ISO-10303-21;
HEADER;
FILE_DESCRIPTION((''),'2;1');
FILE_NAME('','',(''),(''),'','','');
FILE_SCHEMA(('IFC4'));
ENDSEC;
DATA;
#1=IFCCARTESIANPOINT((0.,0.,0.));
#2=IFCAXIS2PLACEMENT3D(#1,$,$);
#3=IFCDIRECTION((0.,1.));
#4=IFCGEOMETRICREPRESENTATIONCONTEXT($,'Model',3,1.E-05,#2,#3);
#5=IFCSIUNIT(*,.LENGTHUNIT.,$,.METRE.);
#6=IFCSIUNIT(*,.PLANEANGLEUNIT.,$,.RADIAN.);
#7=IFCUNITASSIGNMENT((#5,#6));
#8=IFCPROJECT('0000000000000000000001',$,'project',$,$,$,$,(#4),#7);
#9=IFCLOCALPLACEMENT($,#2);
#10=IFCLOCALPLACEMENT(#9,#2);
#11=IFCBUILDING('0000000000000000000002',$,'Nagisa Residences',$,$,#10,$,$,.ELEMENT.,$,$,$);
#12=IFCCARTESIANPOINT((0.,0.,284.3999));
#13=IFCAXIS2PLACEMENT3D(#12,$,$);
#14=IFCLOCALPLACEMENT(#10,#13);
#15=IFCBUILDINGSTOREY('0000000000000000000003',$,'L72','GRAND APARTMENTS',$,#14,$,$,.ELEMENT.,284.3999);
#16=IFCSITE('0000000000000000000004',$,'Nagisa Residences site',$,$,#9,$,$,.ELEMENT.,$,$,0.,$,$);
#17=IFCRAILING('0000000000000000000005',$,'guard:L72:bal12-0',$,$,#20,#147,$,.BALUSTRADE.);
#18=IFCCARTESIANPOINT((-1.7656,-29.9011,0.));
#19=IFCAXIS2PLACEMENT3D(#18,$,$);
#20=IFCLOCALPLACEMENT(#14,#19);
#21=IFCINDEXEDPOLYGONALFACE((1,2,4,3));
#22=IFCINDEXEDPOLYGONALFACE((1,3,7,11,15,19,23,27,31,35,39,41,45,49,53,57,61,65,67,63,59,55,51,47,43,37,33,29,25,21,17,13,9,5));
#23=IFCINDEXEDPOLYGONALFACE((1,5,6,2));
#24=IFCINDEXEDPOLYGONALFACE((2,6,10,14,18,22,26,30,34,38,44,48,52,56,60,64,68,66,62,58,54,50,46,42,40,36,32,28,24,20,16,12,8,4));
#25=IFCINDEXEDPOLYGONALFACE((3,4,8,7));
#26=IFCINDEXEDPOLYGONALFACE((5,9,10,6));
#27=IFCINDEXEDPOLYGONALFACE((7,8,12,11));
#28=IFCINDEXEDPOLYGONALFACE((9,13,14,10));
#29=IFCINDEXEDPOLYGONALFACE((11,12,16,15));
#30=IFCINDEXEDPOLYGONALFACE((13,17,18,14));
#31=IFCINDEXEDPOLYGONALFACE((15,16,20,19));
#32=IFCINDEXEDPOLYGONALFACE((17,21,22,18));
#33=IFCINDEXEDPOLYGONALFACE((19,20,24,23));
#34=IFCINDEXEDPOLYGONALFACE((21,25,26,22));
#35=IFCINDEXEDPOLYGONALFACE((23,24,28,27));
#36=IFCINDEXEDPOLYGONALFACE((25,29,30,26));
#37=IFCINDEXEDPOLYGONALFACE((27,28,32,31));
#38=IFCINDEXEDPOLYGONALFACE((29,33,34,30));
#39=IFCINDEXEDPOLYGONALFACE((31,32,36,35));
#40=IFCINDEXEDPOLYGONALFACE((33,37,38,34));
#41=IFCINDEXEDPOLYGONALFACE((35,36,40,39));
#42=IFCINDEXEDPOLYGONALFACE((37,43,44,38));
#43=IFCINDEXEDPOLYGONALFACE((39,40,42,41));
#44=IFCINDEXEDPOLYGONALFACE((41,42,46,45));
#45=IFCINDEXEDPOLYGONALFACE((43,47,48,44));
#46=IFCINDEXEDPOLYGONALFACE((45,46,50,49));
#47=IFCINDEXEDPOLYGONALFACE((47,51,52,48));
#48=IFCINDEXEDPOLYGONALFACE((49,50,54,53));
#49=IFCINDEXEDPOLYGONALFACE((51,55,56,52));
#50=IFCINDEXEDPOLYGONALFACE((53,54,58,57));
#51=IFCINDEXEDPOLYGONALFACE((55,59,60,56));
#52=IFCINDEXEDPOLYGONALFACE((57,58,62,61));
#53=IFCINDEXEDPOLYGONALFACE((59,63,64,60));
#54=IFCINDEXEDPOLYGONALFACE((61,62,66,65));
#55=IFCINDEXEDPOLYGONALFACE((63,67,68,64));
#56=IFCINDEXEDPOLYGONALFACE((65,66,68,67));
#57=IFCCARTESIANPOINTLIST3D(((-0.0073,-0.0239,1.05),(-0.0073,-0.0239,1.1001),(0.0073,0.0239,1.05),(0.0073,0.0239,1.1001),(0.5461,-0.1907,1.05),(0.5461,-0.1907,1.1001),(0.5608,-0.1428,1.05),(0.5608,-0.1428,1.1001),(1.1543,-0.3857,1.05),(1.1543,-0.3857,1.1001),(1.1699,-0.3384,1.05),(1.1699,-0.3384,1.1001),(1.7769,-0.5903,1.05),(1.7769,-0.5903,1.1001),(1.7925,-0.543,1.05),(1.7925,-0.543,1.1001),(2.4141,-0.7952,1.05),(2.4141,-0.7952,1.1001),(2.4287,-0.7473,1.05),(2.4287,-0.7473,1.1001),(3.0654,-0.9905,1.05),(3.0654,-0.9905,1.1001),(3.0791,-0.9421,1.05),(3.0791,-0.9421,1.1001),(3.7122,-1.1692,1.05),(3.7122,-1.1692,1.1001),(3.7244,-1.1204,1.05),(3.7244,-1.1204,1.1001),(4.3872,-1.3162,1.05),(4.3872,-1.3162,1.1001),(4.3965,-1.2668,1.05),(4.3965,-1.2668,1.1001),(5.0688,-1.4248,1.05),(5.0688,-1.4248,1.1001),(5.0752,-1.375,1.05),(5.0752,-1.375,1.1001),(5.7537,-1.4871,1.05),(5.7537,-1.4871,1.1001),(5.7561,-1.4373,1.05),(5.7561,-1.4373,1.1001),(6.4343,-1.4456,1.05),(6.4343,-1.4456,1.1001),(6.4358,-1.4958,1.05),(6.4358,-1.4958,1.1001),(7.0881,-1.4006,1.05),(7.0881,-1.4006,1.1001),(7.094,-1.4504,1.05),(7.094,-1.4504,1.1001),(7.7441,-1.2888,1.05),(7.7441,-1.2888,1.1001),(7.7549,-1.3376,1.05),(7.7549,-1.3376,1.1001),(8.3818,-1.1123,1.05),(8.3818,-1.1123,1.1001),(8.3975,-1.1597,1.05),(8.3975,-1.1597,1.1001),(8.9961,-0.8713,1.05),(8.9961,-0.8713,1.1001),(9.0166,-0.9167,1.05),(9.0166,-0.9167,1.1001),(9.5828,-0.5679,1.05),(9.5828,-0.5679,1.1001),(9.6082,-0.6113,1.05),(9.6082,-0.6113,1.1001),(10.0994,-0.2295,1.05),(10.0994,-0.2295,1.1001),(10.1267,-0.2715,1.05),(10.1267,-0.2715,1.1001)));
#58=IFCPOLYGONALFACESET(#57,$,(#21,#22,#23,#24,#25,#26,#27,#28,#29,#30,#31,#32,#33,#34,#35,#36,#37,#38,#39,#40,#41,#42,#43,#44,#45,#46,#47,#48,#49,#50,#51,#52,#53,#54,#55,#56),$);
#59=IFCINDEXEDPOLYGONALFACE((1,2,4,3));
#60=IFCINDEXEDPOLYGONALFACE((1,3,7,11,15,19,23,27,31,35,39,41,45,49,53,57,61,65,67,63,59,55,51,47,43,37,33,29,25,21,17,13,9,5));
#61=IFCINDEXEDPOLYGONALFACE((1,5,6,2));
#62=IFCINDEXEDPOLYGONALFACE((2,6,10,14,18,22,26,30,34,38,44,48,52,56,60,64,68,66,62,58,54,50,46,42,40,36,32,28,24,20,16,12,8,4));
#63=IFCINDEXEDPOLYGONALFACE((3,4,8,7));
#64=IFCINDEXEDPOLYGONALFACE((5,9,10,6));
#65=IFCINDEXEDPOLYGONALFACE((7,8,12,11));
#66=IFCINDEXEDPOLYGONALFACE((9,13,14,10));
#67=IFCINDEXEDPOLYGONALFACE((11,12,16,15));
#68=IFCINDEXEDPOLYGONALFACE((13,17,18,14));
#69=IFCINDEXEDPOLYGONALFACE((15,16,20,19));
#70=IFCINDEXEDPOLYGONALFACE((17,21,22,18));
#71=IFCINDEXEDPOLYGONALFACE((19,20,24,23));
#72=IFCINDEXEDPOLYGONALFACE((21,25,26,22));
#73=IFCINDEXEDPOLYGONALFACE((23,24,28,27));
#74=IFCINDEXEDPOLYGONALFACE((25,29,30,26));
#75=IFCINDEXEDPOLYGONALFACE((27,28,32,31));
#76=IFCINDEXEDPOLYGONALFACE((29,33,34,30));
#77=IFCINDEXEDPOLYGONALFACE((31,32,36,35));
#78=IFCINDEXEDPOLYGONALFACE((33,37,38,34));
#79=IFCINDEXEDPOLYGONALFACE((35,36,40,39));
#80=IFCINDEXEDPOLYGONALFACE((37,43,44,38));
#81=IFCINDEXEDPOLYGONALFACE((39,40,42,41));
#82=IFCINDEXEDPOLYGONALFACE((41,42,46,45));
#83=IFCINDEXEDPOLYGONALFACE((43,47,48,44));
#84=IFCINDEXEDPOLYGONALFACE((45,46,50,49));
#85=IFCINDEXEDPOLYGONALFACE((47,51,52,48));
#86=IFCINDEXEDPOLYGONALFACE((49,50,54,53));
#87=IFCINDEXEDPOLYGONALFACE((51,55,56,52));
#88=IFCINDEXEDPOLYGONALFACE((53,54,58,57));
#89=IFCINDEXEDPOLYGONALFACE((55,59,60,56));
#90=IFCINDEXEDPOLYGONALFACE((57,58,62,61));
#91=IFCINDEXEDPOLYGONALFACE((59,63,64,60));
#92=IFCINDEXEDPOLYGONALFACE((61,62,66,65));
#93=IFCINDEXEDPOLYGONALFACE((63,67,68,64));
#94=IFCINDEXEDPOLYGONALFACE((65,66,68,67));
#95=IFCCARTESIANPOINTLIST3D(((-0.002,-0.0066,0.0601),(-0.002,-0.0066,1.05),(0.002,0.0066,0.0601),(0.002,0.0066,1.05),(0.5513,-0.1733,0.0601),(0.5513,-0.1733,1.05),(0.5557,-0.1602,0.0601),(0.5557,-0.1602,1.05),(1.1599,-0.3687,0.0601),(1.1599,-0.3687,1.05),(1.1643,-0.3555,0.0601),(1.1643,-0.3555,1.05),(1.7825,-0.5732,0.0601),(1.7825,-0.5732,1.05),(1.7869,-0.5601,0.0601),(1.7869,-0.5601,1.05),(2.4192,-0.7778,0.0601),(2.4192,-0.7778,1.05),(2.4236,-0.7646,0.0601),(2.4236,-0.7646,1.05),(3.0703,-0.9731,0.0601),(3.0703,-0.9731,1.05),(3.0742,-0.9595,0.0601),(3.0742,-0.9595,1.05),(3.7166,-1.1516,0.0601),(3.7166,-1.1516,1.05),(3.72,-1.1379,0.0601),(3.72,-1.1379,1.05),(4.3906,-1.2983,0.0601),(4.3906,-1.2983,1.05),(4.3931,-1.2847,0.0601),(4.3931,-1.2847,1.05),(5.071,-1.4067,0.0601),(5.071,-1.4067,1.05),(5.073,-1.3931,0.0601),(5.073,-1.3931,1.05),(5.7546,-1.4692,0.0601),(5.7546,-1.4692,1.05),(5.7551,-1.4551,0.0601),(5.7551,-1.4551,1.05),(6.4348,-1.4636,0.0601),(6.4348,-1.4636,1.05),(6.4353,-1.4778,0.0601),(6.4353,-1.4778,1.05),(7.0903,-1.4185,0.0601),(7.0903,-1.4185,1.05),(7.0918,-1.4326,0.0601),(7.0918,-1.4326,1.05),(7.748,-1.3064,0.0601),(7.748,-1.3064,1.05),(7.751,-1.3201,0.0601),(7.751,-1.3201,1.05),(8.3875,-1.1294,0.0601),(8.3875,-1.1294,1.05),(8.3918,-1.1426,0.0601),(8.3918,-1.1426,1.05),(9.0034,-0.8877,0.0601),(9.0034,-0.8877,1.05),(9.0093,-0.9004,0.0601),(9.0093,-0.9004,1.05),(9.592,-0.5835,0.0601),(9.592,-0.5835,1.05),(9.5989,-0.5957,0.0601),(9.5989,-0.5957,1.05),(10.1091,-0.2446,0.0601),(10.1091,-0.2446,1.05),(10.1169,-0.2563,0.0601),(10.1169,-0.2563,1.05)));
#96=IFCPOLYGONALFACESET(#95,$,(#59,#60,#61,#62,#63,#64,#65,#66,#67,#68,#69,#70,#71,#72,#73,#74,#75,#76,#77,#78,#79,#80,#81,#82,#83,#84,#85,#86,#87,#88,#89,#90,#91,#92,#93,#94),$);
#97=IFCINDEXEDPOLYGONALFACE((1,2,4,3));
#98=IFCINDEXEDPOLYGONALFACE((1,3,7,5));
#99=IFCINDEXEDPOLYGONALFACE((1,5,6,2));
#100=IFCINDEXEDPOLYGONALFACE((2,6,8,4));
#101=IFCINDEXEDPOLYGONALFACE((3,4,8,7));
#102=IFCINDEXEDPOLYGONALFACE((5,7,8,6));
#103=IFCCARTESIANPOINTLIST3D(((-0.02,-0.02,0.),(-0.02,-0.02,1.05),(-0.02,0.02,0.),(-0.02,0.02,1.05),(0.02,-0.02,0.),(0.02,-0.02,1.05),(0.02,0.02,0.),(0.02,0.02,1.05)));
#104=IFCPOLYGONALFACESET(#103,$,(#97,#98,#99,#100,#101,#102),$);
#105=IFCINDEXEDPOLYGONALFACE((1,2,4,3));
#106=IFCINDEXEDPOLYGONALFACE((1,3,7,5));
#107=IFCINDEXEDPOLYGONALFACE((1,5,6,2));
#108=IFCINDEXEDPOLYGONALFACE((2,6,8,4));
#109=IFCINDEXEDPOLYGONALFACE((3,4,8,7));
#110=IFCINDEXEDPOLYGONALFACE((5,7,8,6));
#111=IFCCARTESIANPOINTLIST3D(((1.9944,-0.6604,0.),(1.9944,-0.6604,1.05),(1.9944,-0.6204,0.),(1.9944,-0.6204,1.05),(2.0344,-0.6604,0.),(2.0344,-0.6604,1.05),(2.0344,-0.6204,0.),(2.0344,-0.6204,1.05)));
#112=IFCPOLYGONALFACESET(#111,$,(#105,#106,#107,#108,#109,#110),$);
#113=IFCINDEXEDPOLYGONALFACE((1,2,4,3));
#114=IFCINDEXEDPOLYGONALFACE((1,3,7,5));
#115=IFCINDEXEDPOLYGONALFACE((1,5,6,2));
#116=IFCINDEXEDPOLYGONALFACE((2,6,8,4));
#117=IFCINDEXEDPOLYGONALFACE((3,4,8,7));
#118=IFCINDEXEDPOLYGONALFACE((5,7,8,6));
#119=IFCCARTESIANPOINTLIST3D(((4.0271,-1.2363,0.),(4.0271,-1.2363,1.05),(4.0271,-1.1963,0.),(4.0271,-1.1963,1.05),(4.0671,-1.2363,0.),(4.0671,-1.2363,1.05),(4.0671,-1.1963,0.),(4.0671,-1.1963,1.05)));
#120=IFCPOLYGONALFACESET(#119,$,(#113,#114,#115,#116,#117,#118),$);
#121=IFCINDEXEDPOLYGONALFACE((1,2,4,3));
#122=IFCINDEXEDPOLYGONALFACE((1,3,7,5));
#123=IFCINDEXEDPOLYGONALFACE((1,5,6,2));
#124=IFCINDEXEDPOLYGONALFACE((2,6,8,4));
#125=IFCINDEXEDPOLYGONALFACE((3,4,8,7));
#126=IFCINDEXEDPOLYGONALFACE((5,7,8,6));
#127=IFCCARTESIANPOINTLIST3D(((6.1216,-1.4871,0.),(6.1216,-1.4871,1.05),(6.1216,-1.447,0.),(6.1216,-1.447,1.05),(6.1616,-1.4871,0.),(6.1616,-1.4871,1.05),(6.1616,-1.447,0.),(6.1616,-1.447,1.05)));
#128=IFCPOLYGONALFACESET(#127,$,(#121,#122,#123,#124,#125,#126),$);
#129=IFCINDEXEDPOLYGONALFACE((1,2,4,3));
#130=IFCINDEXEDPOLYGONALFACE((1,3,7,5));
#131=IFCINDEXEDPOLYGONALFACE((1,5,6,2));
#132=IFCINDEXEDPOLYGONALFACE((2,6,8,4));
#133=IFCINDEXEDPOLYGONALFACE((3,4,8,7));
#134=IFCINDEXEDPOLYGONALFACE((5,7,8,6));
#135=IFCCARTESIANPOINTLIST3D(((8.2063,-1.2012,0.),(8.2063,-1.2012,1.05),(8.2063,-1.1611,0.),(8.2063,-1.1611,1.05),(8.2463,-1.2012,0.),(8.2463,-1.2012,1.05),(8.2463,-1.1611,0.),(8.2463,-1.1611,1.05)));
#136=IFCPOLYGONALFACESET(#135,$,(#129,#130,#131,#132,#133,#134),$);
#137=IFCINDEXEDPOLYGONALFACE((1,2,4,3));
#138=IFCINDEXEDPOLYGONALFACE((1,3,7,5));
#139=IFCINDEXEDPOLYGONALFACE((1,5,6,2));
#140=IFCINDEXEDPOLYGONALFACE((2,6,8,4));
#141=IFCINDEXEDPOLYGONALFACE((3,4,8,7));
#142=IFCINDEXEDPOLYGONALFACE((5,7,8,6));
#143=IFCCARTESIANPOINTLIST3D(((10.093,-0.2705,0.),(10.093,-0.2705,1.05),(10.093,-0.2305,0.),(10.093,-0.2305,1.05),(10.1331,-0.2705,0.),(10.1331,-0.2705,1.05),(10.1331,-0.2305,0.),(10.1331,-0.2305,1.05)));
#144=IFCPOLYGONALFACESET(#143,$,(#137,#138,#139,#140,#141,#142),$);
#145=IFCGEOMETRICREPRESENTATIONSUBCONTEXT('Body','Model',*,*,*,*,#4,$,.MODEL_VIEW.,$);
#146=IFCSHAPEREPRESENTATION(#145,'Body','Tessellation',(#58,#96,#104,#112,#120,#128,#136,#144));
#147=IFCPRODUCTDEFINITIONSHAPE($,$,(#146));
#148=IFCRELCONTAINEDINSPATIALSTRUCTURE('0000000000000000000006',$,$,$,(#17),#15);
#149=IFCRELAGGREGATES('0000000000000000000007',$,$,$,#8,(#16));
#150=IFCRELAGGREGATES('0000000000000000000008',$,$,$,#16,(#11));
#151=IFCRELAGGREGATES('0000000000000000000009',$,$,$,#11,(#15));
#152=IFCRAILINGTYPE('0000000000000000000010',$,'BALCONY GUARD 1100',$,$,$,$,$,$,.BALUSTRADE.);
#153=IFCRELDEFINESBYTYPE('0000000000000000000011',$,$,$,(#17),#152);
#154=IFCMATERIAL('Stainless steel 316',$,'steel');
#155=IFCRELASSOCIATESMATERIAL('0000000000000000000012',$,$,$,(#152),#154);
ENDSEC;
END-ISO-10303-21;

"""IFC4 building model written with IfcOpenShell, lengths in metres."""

from ifc_helpers import new_model, si_unit, direction, frame, origin, origin_2d, place, context, subcontext, project, spatial, polyline, rectangle, outline, extrude, material, type_object, element, save


model = new_model("IFC4")

# Units and contexts
model_context = context("Model", 3, precision=1e-05, world=origin(), true_north=direction((0.0, 1.0)))
body_context = subcontext(model_context, "Body", "Model", "MODEL_VIEW")
ifc_project = project(units=[si_unit("LENGTHUNIT", "METRE"), si_unit("PLANEANGLEUNIT", "RADIAN")], contexts=[model_context])

# Site, building, storey
site_placement = place(None, origin())
site = spatial("IfcSite", under=ifc_project, at=site_placement, Name="Nagisa Residences site", CompositionType="ELEMENT", RefElevation=0.0)
building_placement = place(site_placement, origin())
building = spatial("IfcBuilding", under=site, at=building_placement, Name="Nagisa Residences", CompositionType="ELEMENT")
storey_placement = place(building_placement, frame((0.0, 0.0, 284.3999)))
storey = spatial("IfcBuildingStorey", under=building, at=storey_placement, Name="L72", Description="GRAND APARTMENTS", CompositionType="ELEMENT", Elevation=284.3999)

# Railing
ifc_material_1 = material(Name="Stainless steel 316", Category="steel")
railing_type = type_object("IfcRailingType", Name="BALCONY GUARD 1100", PredefinedType="BALUSTRADE", material=ifc_material_1)
railing_1_placement = place(storey_placement, frame((-1.7656, -29.9011, 0.0)))
element("IfcRailing", 1, at=railing_1_placement, inside=storey, type_object=railing_type, Name="guard:L72:bal12-0", PredefinedType="BALUSTRADE", context=body_context, shape_type="SweptSolid", body=[
    extrude(outline(polyline([(0.5608, -0.1428), (0.0073, 0.0239), (-0.0073, -0.0239), (0.5461, -0.1907), (1.1543, -0.3857), (1.7769, -0.5903), (2.4141, -0.7952), (3.0654, -0.9905), (3.7122, -1.1692), (4.3872, -1.3162), (5.0688, -1.4248), (5.7537, -1.4871), (6.4358, -1.4958), (7.094, -1.4504), (7.7549, -1.3376), (8.3975, -1.1597), (9.0166, -0.9167), (9.6082, -0.6113), (10.1267, -0.2715), (10.0994, -0.2295), (9.5828, -0.5679), (8.9961, -0.8713), (8.3818, -1.1123), (7.7441, -1.2888), (7.0881, -1.4006), (6.4343, -1.4456), (5.7561, -1.4373), (5.0752, -1.375), (4.3965, -1.2668), (3.7244, -1.1204), (3.0791, -0.9421), (2.4287, -0.7473), (1.7925, -0.543), (1.1699, -0.3384), (0.5608, -0.1428)])), frame((0.0, 0.0, 1.05)), (0.0, 0.0, 1.0), 0.05),
    extrude(outline(polyline([(0.5557, -0.1602), (0.002, 0.0066), (-0.002, -0.0066), (0.5513, -0.1733), (1.1599, -0.3687), (1.7825, -0.5732), (2.4192, -0.7778), (3.0703, -0.9731), (3.7166, -1.1516), (4.3906, -1.2983), (5.071, -1.4067), (5.7546, -1.4692), (6.4353, -1.4778), (7.0918, -1.4326), (7.751, -1.3201), (8.3918, -1.1426), (9.0093, -0.9004), (9.5989, -0.5957), (10.1169, -0.2563), (10.1091, -0.2446), (9.592, -0.5835), (9.0034, -0.8877), (8.3875, -1.1294), (7.748, -1.3064), (7.0903, -1.4185), (6.4348, -1.4636), (5.7551, -1.4551), (5.073, -1.3931), (4.3931, -1.2847), (3.72, -1.1379), (3.0742, -0.9595), (2.4236, -0.7646), (1.7869, -0.5601), (1.1643, -0.3555), (0.5557, -0.1602)])), frame((0.0, 0.0, 0.0601)), (0.0, 0.0, 1.0), 0.99),
    extrude(rectangle(XDim=0.04, YDim=0.04, at=origin_2d()), origin(), (0.0, 0.0, 1.0), 1.05),
    extrude(rectangle(XDim=0.04, YDim=0.04, at=origin_2d()), frame((2.0144, -0.6404, 0.0)), (0.0, 0.0, 1.0), 1.05),
    extrude(rectangle(XDim=0.04, YDim=0.04, at=origin_2d()), frame((4.0471, -1.2163, 0.0)), (0.0, 0.0, 1.0), 1.05),
    extrude(rectangle(XDim=0.04, YDim=0.04, at=origin_2d()), frame((6.1416, -1.467, 0.0)), (0.0, 0.0, 1.0), 1.05),
    extrude(rectangle(XDim=0.04, YDim=0.04, at=origin_2d()), frame((8.2263, -1.1812, 0.0)), (0.0, 0.0, 1.0), 1.05),
    extrude(rectangle(XDim=0.04, YDim=0.04, at=origin_2d()), frame((10.113, -0.2505, 0.0)), (0.0, 0.0, 1.0), 1.05),
])

save(model, "model.ifc")
